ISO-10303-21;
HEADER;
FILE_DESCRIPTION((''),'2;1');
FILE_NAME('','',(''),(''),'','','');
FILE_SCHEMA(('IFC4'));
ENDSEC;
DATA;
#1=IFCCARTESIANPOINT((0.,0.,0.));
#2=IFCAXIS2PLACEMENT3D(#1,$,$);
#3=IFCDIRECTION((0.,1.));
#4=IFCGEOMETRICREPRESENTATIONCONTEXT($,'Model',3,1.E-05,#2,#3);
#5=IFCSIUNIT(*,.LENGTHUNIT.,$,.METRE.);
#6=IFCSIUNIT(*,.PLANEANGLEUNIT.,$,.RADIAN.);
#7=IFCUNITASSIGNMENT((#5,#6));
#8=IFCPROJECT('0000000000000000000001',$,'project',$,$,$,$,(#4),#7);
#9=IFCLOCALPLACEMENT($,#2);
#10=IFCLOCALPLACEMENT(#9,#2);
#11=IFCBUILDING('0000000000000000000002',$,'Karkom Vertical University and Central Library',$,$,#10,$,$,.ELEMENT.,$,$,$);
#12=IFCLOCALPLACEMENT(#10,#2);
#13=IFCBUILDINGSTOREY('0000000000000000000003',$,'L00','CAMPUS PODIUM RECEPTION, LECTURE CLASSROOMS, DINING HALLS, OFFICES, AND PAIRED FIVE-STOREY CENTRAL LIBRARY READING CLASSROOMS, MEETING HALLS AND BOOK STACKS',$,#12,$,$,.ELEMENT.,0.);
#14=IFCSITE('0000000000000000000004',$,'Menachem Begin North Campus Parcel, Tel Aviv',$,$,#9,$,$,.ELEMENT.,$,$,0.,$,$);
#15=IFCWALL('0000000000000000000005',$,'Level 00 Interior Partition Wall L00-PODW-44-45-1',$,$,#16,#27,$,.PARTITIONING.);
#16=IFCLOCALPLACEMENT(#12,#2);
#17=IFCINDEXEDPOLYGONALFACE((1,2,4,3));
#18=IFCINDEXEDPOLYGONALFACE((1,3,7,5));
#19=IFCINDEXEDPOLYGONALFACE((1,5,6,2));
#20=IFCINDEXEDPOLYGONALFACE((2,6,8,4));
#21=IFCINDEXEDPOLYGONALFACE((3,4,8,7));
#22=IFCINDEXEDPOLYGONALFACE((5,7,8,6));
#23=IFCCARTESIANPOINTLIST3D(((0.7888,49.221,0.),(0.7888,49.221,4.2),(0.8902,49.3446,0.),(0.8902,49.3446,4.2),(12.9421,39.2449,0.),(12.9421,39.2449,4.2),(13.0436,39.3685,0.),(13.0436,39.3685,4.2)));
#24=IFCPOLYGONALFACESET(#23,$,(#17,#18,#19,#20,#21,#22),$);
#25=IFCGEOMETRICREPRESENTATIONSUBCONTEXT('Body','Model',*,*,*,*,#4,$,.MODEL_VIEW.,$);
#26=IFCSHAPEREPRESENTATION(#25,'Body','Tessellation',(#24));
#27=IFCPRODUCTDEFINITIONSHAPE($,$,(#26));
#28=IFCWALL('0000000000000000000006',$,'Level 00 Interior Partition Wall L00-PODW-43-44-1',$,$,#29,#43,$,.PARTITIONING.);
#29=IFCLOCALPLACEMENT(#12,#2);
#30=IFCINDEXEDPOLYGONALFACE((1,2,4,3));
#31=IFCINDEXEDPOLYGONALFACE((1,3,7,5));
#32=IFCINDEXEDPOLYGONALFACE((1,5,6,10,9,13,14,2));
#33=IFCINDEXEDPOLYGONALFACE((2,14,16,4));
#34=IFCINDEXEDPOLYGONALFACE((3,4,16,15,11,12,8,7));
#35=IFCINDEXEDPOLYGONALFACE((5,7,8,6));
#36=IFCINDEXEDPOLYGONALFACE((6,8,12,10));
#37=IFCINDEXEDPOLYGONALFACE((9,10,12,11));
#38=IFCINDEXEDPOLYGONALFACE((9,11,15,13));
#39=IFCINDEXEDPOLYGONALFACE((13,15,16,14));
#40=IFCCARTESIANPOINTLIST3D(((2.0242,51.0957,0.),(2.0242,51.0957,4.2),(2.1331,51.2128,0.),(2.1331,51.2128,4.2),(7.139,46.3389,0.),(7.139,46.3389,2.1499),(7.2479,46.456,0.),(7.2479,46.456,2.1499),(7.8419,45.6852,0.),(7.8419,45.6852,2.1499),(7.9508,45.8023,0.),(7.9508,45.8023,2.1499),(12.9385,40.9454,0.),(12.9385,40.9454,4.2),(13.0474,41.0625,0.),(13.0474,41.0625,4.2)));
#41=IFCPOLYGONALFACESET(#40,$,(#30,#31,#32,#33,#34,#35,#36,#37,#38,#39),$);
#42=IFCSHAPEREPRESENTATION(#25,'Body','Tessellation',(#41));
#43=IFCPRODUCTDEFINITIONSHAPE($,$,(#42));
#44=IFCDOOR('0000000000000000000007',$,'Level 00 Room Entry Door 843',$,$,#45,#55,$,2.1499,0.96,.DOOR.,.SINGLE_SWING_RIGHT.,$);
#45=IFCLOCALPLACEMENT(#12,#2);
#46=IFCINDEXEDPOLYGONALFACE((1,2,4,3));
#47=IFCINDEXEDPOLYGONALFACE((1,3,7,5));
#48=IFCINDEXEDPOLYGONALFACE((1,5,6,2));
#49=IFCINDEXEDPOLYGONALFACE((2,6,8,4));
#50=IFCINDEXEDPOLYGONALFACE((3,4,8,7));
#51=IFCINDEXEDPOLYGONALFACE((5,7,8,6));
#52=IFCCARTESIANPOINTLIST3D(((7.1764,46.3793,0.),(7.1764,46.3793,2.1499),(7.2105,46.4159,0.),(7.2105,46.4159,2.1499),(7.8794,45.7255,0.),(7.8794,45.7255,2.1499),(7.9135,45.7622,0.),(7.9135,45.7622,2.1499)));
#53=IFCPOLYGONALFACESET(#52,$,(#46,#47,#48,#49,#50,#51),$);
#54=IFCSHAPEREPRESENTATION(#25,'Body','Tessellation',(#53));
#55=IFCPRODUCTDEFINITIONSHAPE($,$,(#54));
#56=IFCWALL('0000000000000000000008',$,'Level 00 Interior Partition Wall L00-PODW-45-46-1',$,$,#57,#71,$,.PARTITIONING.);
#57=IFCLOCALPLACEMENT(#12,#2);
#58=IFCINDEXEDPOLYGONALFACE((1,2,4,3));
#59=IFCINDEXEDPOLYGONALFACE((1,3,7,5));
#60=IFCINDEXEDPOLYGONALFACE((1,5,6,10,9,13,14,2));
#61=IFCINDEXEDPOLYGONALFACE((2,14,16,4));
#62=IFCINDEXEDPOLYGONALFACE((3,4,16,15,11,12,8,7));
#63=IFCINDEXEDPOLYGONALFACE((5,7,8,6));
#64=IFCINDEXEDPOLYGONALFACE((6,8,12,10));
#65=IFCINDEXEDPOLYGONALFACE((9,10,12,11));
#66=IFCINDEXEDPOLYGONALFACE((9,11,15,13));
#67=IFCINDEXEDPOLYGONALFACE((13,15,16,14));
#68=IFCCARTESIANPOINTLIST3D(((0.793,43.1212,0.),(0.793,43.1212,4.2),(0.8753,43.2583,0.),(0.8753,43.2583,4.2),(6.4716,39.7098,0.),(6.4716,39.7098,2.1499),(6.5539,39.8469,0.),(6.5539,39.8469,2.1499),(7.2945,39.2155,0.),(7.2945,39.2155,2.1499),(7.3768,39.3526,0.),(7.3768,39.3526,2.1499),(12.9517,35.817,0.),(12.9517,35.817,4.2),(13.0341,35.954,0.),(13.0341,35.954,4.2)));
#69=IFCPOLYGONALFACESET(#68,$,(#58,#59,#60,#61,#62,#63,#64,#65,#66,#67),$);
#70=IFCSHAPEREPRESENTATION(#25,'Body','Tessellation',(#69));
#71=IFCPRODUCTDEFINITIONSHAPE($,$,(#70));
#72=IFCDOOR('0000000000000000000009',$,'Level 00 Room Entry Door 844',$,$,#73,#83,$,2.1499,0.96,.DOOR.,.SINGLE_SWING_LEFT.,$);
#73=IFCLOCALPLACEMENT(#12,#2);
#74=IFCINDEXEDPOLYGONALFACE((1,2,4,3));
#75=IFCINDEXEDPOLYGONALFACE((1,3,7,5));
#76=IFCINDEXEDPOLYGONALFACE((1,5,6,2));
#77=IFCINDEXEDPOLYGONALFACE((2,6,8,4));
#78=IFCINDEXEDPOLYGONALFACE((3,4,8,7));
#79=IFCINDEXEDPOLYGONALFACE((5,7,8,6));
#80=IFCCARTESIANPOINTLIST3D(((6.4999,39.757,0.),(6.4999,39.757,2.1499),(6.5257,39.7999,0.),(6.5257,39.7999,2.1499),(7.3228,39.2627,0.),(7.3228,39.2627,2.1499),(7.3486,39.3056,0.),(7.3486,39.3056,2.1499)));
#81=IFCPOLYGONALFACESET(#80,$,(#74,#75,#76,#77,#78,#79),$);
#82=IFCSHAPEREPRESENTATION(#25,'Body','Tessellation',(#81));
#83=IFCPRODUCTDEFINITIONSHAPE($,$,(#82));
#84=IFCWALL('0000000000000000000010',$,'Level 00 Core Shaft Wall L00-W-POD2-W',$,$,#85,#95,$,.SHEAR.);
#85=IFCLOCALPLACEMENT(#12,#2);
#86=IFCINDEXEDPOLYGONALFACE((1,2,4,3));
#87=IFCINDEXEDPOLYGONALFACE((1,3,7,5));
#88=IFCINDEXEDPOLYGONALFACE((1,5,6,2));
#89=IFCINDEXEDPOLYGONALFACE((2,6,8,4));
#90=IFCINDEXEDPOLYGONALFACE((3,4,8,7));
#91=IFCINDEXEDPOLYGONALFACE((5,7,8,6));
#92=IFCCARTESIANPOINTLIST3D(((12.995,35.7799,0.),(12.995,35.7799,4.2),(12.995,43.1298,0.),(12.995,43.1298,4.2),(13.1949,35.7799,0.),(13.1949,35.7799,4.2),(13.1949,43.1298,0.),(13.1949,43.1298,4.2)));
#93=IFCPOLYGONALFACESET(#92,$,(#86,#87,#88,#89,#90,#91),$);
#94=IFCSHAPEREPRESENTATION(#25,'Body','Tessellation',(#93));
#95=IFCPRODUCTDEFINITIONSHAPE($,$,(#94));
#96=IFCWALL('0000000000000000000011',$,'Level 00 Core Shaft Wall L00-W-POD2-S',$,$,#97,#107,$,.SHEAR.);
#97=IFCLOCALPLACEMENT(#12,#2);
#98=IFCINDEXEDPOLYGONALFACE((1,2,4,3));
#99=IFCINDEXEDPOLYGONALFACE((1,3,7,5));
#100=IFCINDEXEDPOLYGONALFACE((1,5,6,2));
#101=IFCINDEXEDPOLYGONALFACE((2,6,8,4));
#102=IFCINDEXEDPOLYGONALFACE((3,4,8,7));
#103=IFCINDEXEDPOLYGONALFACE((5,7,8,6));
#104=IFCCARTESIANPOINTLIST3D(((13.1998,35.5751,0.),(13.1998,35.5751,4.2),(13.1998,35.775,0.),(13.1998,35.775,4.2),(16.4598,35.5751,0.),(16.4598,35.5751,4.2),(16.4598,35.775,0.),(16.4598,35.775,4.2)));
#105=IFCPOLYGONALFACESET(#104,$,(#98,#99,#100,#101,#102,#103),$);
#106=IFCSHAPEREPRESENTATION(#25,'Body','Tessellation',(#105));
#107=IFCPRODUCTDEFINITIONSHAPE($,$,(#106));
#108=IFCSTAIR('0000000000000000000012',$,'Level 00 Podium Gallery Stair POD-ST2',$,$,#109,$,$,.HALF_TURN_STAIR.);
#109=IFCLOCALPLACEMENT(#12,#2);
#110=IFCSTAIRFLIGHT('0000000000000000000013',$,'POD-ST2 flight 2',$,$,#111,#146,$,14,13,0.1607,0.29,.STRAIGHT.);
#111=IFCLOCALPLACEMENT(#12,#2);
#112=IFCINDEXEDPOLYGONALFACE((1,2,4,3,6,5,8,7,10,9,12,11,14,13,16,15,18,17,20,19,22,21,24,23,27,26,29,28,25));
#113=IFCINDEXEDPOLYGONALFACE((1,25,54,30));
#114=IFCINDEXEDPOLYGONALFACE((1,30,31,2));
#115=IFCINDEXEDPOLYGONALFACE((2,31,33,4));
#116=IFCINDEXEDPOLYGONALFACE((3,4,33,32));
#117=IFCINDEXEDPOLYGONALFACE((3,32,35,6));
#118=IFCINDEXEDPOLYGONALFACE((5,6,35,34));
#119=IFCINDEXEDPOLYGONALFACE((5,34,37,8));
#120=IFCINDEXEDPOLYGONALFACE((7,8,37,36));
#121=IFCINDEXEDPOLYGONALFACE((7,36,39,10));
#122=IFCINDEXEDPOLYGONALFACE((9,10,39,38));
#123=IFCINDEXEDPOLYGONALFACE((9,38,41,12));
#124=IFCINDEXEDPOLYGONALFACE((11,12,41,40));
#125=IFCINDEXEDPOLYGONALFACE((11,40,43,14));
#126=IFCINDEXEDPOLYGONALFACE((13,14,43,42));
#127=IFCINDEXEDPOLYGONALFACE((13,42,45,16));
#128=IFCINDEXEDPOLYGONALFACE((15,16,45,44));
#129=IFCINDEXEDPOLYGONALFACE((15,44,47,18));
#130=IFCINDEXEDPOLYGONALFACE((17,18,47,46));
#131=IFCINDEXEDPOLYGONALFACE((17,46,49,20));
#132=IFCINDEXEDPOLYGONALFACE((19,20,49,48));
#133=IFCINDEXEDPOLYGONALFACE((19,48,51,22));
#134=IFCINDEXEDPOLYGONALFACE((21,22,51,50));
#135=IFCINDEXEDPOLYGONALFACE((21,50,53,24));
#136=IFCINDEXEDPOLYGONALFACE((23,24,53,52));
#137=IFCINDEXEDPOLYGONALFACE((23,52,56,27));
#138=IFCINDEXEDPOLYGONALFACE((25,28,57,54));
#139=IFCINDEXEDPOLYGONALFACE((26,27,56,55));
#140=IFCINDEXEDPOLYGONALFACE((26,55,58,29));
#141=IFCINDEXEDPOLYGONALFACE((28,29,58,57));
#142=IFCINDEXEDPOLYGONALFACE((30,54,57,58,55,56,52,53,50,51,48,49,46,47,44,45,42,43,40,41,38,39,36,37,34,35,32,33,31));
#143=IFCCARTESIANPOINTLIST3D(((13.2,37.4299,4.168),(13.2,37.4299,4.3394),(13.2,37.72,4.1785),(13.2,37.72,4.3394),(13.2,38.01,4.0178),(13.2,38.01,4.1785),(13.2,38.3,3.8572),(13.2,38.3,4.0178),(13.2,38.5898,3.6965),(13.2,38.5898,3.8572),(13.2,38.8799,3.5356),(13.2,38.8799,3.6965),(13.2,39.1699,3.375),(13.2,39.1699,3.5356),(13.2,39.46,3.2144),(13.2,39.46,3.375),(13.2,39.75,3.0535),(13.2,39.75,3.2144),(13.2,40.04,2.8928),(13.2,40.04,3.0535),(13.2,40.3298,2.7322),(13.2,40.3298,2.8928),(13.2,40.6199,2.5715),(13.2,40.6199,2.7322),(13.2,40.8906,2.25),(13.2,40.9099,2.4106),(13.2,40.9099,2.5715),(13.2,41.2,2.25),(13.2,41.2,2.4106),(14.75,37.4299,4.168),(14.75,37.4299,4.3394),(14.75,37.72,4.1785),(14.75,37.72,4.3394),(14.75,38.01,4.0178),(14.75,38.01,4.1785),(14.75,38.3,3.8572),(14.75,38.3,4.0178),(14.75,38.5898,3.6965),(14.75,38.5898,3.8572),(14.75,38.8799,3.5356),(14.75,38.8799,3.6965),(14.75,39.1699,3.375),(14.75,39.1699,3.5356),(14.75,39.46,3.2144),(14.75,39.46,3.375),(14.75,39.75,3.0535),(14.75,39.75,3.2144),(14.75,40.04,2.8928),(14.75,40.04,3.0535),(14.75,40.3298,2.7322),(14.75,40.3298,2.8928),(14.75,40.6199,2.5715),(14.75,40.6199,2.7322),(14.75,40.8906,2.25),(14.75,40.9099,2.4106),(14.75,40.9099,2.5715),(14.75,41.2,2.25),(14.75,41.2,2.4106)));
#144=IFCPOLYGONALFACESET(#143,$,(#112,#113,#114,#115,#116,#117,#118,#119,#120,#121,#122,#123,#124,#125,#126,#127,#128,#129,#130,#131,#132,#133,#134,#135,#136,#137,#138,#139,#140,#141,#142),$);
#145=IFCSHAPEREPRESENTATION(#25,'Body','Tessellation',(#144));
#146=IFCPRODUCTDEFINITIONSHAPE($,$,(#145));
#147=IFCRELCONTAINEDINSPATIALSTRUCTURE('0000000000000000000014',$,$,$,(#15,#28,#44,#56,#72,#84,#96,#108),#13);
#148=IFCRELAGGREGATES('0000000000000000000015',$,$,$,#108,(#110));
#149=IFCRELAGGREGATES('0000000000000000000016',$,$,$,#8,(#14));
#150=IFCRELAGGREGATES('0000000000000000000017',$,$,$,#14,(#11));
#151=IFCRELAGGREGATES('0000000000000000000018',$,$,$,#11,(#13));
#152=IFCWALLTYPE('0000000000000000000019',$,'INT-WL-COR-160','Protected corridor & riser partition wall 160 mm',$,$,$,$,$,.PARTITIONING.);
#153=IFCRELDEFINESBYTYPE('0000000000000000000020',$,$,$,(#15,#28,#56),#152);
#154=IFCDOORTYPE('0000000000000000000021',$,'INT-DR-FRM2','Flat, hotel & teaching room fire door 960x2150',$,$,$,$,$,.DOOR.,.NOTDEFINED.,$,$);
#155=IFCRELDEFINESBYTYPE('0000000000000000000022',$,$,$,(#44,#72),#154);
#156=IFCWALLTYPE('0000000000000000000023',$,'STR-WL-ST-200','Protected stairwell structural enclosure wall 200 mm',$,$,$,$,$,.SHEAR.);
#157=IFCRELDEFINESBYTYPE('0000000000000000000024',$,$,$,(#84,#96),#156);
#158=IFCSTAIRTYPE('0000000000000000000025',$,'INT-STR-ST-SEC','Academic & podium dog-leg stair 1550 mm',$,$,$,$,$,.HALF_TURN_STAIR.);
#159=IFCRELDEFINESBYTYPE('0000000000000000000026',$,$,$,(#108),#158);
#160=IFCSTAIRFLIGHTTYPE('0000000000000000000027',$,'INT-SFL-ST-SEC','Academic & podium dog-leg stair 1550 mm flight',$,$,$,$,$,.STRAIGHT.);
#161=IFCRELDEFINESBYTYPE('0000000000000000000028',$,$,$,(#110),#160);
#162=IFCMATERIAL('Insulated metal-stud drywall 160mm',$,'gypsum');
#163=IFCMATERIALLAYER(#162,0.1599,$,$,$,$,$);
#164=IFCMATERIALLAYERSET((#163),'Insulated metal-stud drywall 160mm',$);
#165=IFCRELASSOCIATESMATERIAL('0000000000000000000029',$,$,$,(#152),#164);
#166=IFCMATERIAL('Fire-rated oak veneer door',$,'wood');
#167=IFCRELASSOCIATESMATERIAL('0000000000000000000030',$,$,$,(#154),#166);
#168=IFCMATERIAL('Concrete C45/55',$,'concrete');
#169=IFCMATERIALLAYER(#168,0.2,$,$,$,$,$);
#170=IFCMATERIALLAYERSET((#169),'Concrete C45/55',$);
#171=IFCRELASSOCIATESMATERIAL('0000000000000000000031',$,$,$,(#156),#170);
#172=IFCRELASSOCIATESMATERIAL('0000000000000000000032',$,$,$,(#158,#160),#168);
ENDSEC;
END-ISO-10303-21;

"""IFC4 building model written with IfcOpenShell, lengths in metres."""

from ifc_helpers import new_model, si_unit, direction, frame, frame_2d, origin, origin_with_axes, place, context, subcontext, project, spatial, polyline, rectangle, outline, extrude, source, transform, mapped, material, layer, layer_set, type_object, element, fill, aggregate, save


model = new_model("IFC4")

# Units and contexts
model_context = context("Model", 3, precision=1e-05, world=origin(), true_north=direction((0.0, 1.0)))
body_context = subcontext(model_context, "Body", "Model", "MODEL_VIEW")
ifc_project = project(units=[si_unit("LENGTHUNIT", "METRE"), si_unit("PLANEANGLEUNIT", "RADIAN")], contexts=[model_context])

# Site, building, storey
site_placement = place(None, origin())
site = spatial("IfcSite", under=ifc_project, at=site_placement, Name="Menachem Begin North Campus Parcel, Tel Aviv", CompositionType="ELEMENT", RefElevation=0.0)
building_placement = place(site_placement, origin())
building = spatial("IfcBuilding", under=site, at=building_placement, Name="Karkom Vertical University and Central Library", CompositionType="ELEMENT")
storey_placement = place(building_placement, origin())
storey = spatial("IfcBuildingStorey", under=building, at=storey_placement, Name="L00", Description="CAMPUS PODIUM RECEPTION, LECTURE CLASSROOMS, DINING HALLS, OFFICES, AND PAIRED FIVE-STOREY CENTRAL LIBRARY READING CLASSROOMS, MEETING HALLS AND BOOK STACKS", CompositionType="ELEMENT", Elevation=0.0)

# Wall
ifc_material_1 = material(Name="Insulated metal-stud drywall 160mm", Category="gypsum")
ifc_layer_1 = layer(ifc_material_1, 0.1599)
ifc_layer_set_1 = layer_set([ifc_layer_1], Name="Insulated metal-stud drywall 160mm")
wall_type_1 = type_object("IfcWallType", Name="INT-WL-COR-160", Description="Protected corridor & riser partition wall 160 mm", PredefinedType="PARTITIONING", material=ifc_layer_set_1)
wall_1_placement = place(storey_placement, frame((12.9929, 39.3066, 0.0), z_axis=(0.0, 0.0, 1.0), x_axis=(-0.772945, 0.634473, 0.0)))
element("IfcWall", 1, at=wall_1_placement, inside=storey, type_object=wall_type_1, Name="Level 00 Interior Partition Wall L00-PODW-44-45-1", PredefinedType="PARTITIONING", context=body_context, shape_type="SweptSolid", body=[
    extrude(rectangle(XDim=15.7234, YDim=0.1599, at=frame_2d((7.8618, 0.0))), origin(), (0.0, 0.0, 1.0), 4.2),
])

# Walls, openings, doors
wall_2_placement = place(storey_placement, frame((12.9929, 41.0039, 0.0), z_axis=(0.0, 0.0, 1.0), x_axis=(-0.732269, 0.681016, 0.0)))
wall_2 = element("IfcWall", 2, at=wall_2_placement, inside=storey, type_object=wall_type_1, Name="Level 00 Interior Partition Wall L00-PODW-43-44-1", PredefinedType="PARTITIONING", context=body_context, shape_type="SweptSolid", body=[
    extrude(rectangle(XDim=14.9048, YDim=0.1599, at=frame_2d((7.4524, 0.0))), origin(), (0.0, 0.0, 1.0), 4.2),
])
opening_1_placement = place(wall_2_placement, frame((6.96, 0.0, 0.0)))
opening_1 = element("IfcOpeningElement", 3, at=opening_1_placement, cuts=wall_2, PredefinedType="OPENING", context=body_context, shape_type="SweptSolid", body=[
    extrude(rectangle(XDim=0.96, YDim=2.1499, at=frame_2d((0.48, 1.075))), frame((0.0, 0.0898, 0.0), z_axis=(0.0, -1.0, 0.0), x_axis=(1.0, 0.0, 0.0)), (0.0, 0.0, 1.0), 0.1799),
])
ifc_material_2 = material(Name="Fire-rated oak veneer door", Category="wood")
door_type = type_object("IfcDoorType", Name="INT-DR-FRM2", Description="Flat, hotel & teaching room fire door 960x2150", OperationType="NOTDEFINED", PredefinedType="DOOR", material=ifc_material_2)
shared_shape = source(origin_with_axes(), body_context, "Body", "SweptSolid", [
    extrude(rectangle(XDim=0.96, YDim=2.1499, at=frame_2d((0.48, 1.075))), frame((0.0, 0.0249, 0.0), z_axis=(0.0, -1.0, 0.0), x_axis=(1.0, 0.0, 0.0)), (0.0, 0.0, 1.0), 0.05),
])
door_1_placement = place(opening_1_placement, origin())
door_1 = element("IfcDoor", 4, at=door_1_placement, inside=storey, type_object=door_type, Name="Level 00 Room Entry Door 843", OperationType="SINGLE_SWING_RIGHT", OverallHeight=2.1499, OverallWidth=0.96, PredefinedType="DOOR", context=body_context, shape_type="MappedRepresentation", body=[
    mapped(shared_shape, transform((0.0, 0.0, 0.0), scale=1.0)),
])
fill(opening_1, door_1)
wall_3_placement = place(storey_placement, frame((12.9929, 35.8855, 0.0), z_axis=(0.0, 0.0, 1.0), x_axis=(-0.857213, 0.514961, 0.0)))
wall_3 = element("IfcWall", 5, at=wall_3_placement, inside=storey, type_object=wall_type_1, Name="Level 00 Interior Partition Wall L00-PODW-45-46-1", PredefinedType="PARTITIONING", context=body_context, shape_type="SweptSolid", body=[
    extrude(rectangle(XDim=14.1841, YDim=0.1599, at=frame_2d((7.092, 0.0))), origin(), (0.0, 0.0, 1.0), 4.2),
])
opening_2_placement = place(wall_3_placement, frame((6.5996, 0.0, 0.0)))
opening_2 = element("IfcOpeningElement", 6, at=opening_2_placement, cuts=wall_3, PredefinedType="OPENING", context=body_context, shape_type="SweptSolid", body=[
    extrude(rectangle(XDim=0.96, YDim=2.1499, at=frame_2d((0.48, 1.075))), frame((0.0, 0.0898, 0.0), z_axis=(0.0, -1.0, 0.0), x_axis=(1.0, 0.0, 0.0)), (0.0, 0.0, 1.0), 0.1799),
])
door_2_placement = place(opening_2_placement, origin())
door_2 = element("IfcDoor", 7, at=door_2_placement, inside=storey, type_object=door_type, Name="Level 00 Room Entry Door 844", OperationType="SINGLE_SWING_LEFT", OverallHeight=2.1499, OverallWidth=0.96, PredefinedType="DOOR", context=body_context, shape_type="MappedRepresentation", body=[
    mapped(shared_shape, transform((0.0, 0.0, 0.0), scale=1.0)),
])
fill(opening_2, door_2)

# Walls
ifc_material_3 = material(Name="Concrete C45/55", Category="concrete")
ifc_layer_2 = layer(ifc_material_3, 0.2)
ifc_layer_set_2 = layer_set([ifc_layer_2], Name="Concrete C45/55")
wall_type_2 = type_object("IfcWallType", Name="STR-WL-ST-200", Description="Protected stairwell structural enclosure wall 200 mm", PredefinedType="SHEAR", material=ifc_layer_set_2)
wall_4_placement = place(storey_placement, frame((13.095, 35.78, 0.0), z_axis=(0.0, 0.0, 1.0), x_axis=(0.0, 1.0, 0.0)))
element("IfcWall", 8, at=wall_4_placement, inside=storey, type_object=wall_type_2, Name="Level 00 Core Shaft Wall L00-W-POD2-W", PredefinedType="SHEAR", context=body_context, shape_type="SweptSolid", body=[
    extrude(rectangle(XDim=7.3499, YDim=0.2, at=frame_2d((3.6748, 0.0))), origin(), (0.0, 0.0, 1.0), 4.2),
])
wall_5_placement = place(storey_placement, frame((13.2, 35.675, 0.0), z_axis=(0.0, 0.0, 1.0), x_axis=(1.0, 0.0, 0.0)))
element("IfcWall", 9, at=wall_5_placement, inside=storey, type_object=wall_type_2, Name="Level 00 Core Shaft Wall L00-W-POD2-S", PredefinedType="SHEAR", context=body_context, shape_type="SweptSolid", body=[
    extrude(rectangle(XDim=3.26, YDim=0.2, at=frame_2d((1.6299, 0.0))), origin(), (0.0, 0.0, 1.0), 4.2),
])

# Stair, stair flight
stair_type = type_object("IfcStairType", Name="INT-STR-ST-SEC", Description="Academic & podium dog-leg stair 1550 mm", PredefinedType="HALF_TURN_STAIR", material=ifc_material_3)
stair_placement = place(storey_placement, origin())
stair = element("IfcStair", 10, at=stair_placement, inside=storey, type_object=stair_type, Name="Level 00 Podium Gallery Stair POD-ST2", PredefinedType="HALF_TURN_STAIR")
stair_flight_type = type_object("IfcStairFlightType", Name="INT-SFL-ST-SEC", Description="Academic & podium dog-leg stair 1550 mm flight", PredefinedType="STRAIGHT", material=ifc_material_3)
stair_flight_placement = place(storey_placement, frame((13.9751, 41.2, 2.25), z_axis=(0.0, 0.0, 1.0), x_axis=(0.0, -1.0, 0.0)))
stair_flight = element("IfcStairFlight", 11, at=stair_flight_placement, type_object=stair_flight_type, Name="POD-ST2 flight 2", NumberOfRisers=14, NumberOfTreads=13, PredefinedType="STRAIGHT", RiserHeight=0.1607, TreadLength=0.29, context=body_context, shape_type="SweptSolid", body=[
    extrude(outline(polyline([(0.0, 0.0), (0.0, 0.1606), (0.29, 0.1606), (0.29, 0.3215), (0.5801, 0.3215), (0.5801, 0.4822), (0.8701, 0.4822), (0.8701, 0.6428), (1.1599, 0.6428), (1.1599, 0.8035), (1.45, 0.8035), (1.45, 0.9644), (1.74, 0.9644), (1.74, 1.125), (2.03, 1.125), (2.03, 1.2856), (2.3201, 1.2856), (2.3201, 1.4465), (2.6101, 1.4465), (2.6101, 1.6072), (2.8999, 1.6072), (2.8999, 1.7678), (3.1899, 1.7678), (3.1899, 1.9285), (3.48, 1.9285), (3.48, 2.0894), (3.77, 2.0894), (3.77, 2.25), (3.77, 1.918), (0.3093, 0.0), (0.0, 0.0)])), frame((0.0, 0.7749, 0.0), z_axis=(0.0, -1.0, 0.0), x_axis=(1.0, 0.0, 0.0)), (0.0, 0.0, 1.0), 1.55),
])
aggregate(stair, [stair_flight])

save(model, "model.ifc")
